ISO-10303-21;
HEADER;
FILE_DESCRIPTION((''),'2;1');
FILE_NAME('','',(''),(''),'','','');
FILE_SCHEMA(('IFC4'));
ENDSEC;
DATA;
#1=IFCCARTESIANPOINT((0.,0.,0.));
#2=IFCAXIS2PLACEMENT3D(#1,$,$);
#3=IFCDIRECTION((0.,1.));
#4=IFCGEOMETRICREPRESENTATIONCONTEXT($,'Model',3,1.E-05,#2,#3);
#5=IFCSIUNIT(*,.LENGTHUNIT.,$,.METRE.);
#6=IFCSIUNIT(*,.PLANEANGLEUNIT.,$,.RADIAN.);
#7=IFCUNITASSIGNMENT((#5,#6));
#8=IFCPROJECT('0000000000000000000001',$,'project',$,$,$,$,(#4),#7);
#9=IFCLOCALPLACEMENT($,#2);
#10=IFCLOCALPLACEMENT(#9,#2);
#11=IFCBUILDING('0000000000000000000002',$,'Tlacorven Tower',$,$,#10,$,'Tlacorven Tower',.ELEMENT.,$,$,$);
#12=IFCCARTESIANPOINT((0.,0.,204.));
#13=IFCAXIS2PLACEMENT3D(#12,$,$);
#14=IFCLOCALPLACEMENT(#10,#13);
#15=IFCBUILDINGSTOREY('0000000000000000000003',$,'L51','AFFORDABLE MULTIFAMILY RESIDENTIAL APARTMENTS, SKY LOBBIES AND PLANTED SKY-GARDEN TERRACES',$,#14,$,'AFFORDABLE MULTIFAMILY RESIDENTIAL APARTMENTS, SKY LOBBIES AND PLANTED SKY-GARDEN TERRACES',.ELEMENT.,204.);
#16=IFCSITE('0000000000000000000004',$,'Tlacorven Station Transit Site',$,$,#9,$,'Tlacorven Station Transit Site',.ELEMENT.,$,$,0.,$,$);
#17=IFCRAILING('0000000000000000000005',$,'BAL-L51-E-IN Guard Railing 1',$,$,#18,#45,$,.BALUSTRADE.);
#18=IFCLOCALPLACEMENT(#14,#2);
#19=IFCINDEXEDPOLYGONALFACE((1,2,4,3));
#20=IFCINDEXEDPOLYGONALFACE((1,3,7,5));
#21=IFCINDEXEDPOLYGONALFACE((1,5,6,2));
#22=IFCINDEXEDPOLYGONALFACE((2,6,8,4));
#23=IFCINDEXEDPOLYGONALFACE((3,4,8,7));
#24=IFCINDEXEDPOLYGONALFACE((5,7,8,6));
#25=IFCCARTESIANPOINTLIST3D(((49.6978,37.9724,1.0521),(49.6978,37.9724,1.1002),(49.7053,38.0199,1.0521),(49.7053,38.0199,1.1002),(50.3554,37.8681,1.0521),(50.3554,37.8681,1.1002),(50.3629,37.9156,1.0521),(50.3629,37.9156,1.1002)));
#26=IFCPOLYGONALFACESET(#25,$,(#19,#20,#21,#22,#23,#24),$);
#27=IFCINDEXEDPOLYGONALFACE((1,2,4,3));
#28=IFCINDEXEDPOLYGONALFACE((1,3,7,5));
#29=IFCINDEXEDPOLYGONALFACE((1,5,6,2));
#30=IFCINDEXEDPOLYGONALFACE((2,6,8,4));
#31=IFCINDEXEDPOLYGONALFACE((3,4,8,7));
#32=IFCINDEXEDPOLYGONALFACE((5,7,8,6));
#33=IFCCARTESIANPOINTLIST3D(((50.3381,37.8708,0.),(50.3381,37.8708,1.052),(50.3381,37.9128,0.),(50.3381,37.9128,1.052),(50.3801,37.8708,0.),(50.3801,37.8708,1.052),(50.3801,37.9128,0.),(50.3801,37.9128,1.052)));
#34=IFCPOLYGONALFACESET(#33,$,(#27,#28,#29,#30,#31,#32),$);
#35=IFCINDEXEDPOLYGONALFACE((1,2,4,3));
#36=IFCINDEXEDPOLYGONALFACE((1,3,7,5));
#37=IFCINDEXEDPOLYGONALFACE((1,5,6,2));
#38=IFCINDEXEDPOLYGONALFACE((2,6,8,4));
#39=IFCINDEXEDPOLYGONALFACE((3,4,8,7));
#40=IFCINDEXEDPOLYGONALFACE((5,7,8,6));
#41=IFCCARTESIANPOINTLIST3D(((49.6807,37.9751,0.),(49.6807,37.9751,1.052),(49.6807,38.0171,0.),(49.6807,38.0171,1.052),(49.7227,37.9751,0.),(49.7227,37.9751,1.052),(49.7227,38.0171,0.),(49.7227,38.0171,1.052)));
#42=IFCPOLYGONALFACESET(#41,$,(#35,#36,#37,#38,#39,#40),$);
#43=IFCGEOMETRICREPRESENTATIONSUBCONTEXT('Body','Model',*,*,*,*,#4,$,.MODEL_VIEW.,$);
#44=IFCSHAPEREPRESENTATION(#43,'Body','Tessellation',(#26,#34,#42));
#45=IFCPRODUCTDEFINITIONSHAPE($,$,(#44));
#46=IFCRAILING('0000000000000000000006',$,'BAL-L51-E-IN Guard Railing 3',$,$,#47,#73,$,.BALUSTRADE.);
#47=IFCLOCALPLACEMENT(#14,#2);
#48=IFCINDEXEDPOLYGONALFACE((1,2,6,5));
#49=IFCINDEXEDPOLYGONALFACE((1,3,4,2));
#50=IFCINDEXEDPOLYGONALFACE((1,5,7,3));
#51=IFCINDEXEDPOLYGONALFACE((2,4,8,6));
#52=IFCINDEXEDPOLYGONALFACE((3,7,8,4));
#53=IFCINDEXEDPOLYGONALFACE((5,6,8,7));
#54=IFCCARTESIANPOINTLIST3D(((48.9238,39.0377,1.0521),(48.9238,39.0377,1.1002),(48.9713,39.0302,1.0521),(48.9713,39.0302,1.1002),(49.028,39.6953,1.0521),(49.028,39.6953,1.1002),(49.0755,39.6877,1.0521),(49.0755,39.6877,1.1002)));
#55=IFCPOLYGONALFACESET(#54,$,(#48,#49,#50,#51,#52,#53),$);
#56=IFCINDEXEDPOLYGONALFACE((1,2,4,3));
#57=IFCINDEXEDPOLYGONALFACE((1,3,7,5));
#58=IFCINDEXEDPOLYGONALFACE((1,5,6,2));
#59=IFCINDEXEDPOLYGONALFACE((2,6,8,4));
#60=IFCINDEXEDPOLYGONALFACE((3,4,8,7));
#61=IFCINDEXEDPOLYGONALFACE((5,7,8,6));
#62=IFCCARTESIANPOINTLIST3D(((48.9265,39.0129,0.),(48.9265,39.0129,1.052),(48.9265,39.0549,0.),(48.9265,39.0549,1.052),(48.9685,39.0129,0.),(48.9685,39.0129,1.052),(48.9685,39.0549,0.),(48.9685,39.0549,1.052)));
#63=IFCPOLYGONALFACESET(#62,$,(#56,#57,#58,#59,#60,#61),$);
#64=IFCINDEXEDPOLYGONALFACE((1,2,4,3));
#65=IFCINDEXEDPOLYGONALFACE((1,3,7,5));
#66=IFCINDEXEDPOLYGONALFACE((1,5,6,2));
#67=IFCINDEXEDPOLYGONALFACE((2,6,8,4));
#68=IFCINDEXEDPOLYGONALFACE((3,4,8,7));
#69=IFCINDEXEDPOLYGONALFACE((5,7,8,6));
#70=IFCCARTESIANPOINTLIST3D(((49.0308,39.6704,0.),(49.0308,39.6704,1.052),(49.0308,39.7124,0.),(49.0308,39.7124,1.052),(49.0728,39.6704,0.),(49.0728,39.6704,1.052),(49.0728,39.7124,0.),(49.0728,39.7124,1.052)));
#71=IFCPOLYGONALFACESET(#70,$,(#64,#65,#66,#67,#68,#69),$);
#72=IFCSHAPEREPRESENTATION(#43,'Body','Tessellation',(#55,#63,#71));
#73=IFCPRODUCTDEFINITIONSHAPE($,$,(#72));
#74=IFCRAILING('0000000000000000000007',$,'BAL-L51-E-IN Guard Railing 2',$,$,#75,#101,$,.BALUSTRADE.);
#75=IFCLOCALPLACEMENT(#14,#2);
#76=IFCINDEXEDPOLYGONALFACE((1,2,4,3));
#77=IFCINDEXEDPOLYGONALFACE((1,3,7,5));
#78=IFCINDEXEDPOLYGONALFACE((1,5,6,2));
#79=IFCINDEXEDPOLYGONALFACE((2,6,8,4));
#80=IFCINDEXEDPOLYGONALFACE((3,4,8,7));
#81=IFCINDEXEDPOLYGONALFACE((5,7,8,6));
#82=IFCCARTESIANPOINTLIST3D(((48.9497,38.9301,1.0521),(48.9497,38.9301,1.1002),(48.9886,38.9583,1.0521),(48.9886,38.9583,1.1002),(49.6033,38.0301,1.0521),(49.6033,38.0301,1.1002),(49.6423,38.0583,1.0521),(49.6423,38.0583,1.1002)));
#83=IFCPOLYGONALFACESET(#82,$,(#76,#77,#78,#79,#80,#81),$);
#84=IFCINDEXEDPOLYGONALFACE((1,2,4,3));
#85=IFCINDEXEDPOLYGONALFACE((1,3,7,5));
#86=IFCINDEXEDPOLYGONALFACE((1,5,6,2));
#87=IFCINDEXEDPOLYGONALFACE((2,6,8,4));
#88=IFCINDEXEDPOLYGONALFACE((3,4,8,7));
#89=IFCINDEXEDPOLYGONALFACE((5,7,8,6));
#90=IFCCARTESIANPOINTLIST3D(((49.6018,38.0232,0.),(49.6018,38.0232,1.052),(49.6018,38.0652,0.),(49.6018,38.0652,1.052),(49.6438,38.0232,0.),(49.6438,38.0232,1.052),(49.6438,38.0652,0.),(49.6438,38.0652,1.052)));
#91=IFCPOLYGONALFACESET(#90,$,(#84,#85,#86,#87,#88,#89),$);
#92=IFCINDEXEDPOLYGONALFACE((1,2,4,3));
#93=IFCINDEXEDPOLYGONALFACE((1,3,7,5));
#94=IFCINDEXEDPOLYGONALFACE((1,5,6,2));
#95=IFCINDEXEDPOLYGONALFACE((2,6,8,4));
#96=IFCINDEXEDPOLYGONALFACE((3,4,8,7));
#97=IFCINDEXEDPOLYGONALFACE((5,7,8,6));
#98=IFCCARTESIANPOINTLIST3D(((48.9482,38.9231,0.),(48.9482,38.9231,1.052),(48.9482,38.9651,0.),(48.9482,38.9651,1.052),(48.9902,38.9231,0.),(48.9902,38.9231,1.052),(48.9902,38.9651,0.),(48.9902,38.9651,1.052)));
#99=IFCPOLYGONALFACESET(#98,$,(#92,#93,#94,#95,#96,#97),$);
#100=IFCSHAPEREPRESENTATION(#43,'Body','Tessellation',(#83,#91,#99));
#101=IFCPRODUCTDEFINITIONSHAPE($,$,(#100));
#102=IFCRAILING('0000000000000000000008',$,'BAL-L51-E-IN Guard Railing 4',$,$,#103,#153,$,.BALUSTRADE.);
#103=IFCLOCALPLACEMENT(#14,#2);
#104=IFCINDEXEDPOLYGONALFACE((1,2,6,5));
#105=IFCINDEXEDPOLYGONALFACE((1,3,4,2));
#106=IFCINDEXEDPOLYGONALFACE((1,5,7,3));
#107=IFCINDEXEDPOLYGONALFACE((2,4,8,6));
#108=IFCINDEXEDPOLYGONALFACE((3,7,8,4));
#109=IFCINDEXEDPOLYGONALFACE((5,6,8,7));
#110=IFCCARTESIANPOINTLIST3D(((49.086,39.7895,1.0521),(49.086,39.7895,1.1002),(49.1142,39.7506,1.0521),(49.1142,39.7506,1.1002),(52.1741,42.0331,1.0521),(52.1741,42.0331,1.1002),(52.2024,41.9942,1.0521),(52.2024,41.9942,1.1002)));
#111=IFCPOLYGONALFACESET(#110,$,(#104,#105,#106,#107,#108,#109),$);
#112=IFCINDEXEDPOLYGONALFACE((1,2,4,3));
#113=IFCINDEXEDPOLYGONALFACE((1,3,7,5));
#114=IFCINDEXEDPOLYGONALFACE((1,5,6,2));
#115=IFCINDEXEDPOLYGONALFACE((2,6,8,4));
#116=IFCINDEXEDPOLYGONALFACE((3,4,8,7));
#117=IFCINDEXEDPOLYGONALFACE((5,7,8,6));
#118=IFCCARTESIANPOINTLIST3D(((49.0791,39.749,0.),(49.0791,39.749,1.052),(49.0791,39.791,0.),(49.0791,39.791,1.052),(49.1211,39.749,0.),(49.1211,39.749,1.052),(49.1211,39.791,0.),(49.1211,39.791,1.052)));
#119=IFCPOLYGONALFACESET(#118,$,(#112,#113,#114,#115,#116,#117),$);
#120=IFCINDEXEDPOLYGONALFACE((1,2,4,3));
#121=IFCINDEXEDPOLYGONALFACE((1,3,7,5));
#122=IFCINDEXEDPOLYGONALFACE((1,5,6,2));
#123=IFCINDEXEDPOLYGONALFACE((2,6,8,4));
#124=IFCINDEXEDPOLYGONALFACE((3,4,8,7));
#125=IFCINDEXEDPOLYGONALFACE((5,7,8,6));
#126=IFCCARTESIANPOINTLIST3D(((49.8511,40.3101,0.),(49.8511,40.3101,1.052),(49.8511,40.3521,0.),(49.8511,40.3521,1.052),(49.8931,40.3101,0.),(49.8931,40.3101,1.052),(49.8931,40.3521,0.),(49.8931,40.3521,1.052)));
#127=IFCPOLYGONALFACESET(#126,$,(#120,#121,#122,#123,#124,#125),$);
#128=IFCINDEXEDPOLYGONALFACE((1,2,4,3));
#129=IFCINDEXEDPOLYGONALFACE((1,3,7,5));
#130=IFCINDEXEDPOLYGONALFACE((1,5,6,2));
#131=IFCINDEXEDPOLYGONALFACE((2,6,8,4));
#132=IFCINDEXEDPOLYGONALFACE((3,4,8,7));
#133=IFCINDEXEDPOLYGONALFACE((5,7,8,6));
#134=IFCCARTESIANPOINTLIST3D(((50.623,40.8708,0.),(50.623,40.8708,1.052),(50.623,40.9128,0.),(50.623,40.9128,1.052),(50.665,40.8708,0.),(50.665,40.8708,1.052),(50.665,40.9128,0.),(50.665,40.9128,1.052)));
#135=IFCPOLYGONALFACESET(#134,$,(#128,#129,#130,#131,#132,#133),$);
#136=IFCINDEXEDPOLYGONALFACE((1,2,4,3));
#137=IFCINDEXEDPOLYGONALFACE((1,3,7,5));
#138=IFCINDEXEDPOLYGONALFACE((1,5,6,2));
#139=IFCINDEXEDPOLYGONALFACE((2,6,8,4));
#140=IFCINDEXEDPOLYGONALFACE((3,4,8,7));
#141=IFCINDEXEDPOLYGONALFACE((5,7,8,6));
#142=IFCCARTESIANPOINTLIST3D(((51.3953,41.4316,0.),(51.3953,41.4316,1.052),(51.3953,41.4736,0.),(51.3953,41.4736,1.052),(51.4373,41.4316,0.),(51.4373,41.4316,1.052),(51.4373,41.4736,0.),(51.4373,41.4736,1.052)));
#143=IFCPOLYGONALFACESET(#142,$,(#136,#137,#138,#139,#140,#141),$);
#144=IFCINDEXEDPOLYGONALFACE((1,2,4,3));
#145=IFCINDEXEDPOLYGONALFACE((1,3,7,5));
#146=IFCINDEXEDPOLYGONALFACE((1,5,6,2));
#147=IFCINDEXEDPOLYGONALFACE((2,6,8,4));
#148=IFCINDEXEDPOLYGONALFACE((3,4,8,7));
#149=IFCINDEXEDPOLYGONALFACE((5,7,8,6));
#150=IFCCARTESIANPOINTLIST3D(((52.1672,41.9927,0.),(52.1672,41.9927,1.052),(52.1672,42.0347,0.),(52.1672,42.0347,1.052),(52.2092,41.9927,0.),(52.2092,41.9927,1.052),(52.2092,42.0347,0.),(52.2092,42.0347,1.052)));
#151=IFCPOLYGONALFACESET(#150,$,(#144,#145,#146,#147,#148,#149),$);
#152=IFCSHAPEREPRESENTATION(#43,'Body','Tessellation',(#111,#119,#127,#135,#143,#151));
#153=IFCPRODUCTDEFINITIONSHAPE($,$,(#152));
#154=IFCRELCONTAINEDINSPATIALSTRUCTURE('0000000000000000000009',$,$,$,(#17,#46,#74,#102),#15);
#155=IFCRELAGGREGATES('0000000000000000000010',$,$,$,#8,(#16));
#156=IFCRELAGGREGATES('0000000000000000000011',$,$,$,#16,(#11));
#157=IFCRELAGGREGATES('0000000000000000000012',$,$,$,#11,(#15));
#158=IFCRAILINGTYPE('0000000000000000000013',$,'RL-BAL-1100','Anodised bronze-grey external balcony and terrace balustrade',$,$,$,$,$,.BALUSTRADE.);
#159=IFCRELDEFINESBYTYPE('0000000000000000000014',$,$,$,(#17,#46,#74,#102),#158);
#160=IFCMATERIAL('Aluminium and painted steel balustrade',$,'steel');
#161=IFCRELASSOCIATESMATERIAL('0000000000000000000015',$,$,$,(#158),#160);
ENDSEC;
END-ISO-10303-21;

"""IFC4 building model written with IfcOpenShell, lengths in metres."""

from ifc_helpers import new_model, si_unit, direction, frame, origin, origin_2d, place, context, subcontext, project, spatial, rectangle, extrude, source, transform, mapped, material, type_object, element, save


model = new_model("IFC4")

# Units and contexts
model_context = context("Model", 3, precision=1e-05, world=origin(), true_north=direction((0.0, 1.0)))
body_context = subcontext(model_context, "Body", "Model", "MODEL_VIEW")
ifc_project = project(units=[si_unit("LENGTHUNIT", "METRE"), si_unit("PLANEANGLEUNIT", "RADIAN")], contexts=[model_context])

# Site, building, storey
site_placement = place(None, origin())
site = spatial("IfcSite", under=ifc_project, at=site_placement, Name="Tlacorven Station Transit Site", LongName="Tlacorven Station Transit Site", CompositionType="ELEMENT", RefElevation=0.0)
building_placement = place(site_placement, origin())
building = spatial("IfcBuilding", under=site, at=building_placement, Name="Tlacorven Tower", LongName="Tlacorven Tower", CompositionType="ELEMENT")
storey_placement = place(building_placement, frame((0.0, 0.0, 204.0)))
storey = spatial("IfcBuildingStorey", under=building, at=storey_placement, Name="L51", Description="AFFORDABLE MULTIFAMILY RESIDENTIAL APARTMENTS, SKY LOBBIES AND PLANTED SKY-GARDEN TERRACES", LongName="AFFORDABLE MULTIFAMILY RESIDENTIAL APARTMENTS, SKY LOBBIES AND PLANTED SKY-GARDEN TERRACES", CompositionType="ELEMENT", Elevation=204.0)

# Railings
ifc_material_1 = material(Name="Aluminium and painted steel balustrade", Category="steel")
railing_type = type_object("IfcRailingType", Name="RL-BAL-1100", Description="Anodised bronze-grey external balcony and terrace balustrade", PredefinedType="BALUSTRADE", material=ifc_material_1)
shared_shape_1 = source(origin(), body_context, "Body", "SweptSolid", [
    extrude(rectangle(XDim=0.0481, YDim=0.0481, at=origin_2d()), frame((0.0, 0.0, 1.0762), z_axis=(-0.987662, 0.156603, 0.0), x_axis=(-0.156603, -0.987662, 0.0)), (0.0, 0.0, 1.0), 0.6658),
    extrude(rectangle(XDim=0.042, YDim=0.042, at=origin_2d()), origin(), (0.0, 0.0, 1.0), 1.052),
    extrude(rectangle(XDim=0.042, YDim=0.042, at=origin_2d()), frame((-0.6575, 0.1042, 0.0)), (0.0, 0.0, 1.0), 1.052),
])
railing_1_placement = place(storey_placement, frame((50.3591, 37.8918, 0.0)))
element("IfcRailing", 1, at=railing_1_placement, inside=storey, type_object=railing_type, Name="BAL-L51-E-IN Guard Railing 1", PredefinedType="BALUSTRADE", context=body_context, shape_type="MappedRepresentation", body=[
    mapped(shared_shape_1, transform((0.0, 0.0, 0.0), scale=1.0)),
])
shared_shape_2 = source(origin(), body_context, "Body", "SweptSolid", [
    extrude(rectangle(XDim=0.0481, YDim=0.0481, at=origin_2d()), frame((0.0, 0.0, 1.0762), z_axis=(0.156603, 0.987662, 0.0), x_axis=(-0.987662, 0.156603, 0.0)), (0.0, 0.0, 1.0), 0.6658),
    extrude(rectangle(XDim=0.042, YDim=0.042, at=origin_2d()), origin(), (0.0, 0.0, 1.0), 1.052),
    extrude(rectangle(XDim=0.042, YDim=0.042, at=origin_2d()), frame((0.1042, 0.6575, 0.0)), (0.0, 0.0, 1.0), 1.052),
])
railing_2_placement = place(storey_placement, frame((48.9475, 39.0339, 0.0)))
element("IfcRailing", 2, at=railing_2_placement, inside=storey, type_object=railing_type, Name="BAL-L51-E-IN Guard Railing 3", PredefinedType="BALUSTRADE", context=body_context, shape_type="MappedRepresentation", body=[
    mapped(shared_shape_2, transform((0.0, 0.0, 0.0), scale=1.0)),
])
shared_shape_3 = source(origin(), body_context, "Body", "SweptSolid", [
    extrude(rectangle(XDim=0.0481, YDim=0.0481, at=origin_2d()), frame((0.0, 0.0, 1.0762), z_axis=(-0.587636, 0.809125, 0.0), x_axis=(-0.809125, -0.587636, 0.0)), (0.0, 0.0, 1.0), 1.1123),
    extrude(rectangle(XDim=0.042, YDim=0.042, at=origin_2d()), origin(), (0.0, 0.0, 1.0), 1.052),
    extrude(rectangle(XDim=0.042, YDim=0.042, at=origin_2d()), frame((-0.6536, 0.8999, 0.0)), (0.0, 0.0, 1.0), 1.052),
])
railing_3_placement = place(storey_placement, frame((49.6228, 38.0442, 0.0)))
element("IfcRailing", 3, at=railing_3_placement, inside=storey, type_object=railing_type, Name="BAL-L51-E-IN Guard Railing 2", PredefinedType="BALUSTRADE", context=body_context, shape_type="MappedRepresentation", body=[
    mapped(shared_shape_3, transform((0.0, 0.0, 0.0), scale=1.0)),
])
shared_shape_4 = source(origin(), body_context, "Body", "SweptSolid", [
    extrude(rectangle(XDim=0.0481, YDim=0.0481, at=origin_2d()), frame((0.0, 0.0, 1.0762), z_axis=(0.809018, 0.587784, 0.0), x_axis=(-0.587784, 0.809018, 0.0)), (0.0, 0.0, 1.0), 3.8171),
    extrude(rectangle(XDim=0.042, YDim=0.042, at=origin_2d()), origin(), (0.0, 0.0, 1.0), 1.052),
    extrude(rectangle(XDim=0.042, YDim=0.042, at=origin_2d()), frame((0.772, 0.561, 0.0)), (0.0, 0.0, 1.0), 1.052),
    extrude(rectangle(XDim=0.042, YDim=0.042, at=origin_2d()), frame((1.5439, 1.1218, 0.0)), (0.0, 0.0, 1.0), 1.052),
    extrude(rectangle(XDim=0.042, YDim=0.042, at=origin_2d()), frame((2.3162, 1.6826, 0.0)), (0.0, 0.0, 1.0), 1.052),
    extrude(rectangle(XDim=0.042, YDim=0.042, at=origin_2d()), frame((3.0881, 2.2437, 0.0)), (0.0, 0.0, 1.0), 1.052),
])
railing_4_placement = place(storey_placement, frame((49.1001, 39.77, 0.0)))
element("IfcRailing", 4, at=railing_4_placement, inside=storey, type_object=railing_type, Name="BAL-L51-E-IN Guard Railing 4", PredefinedType="BALUSTRADE", context=body_context, shape_type="MappedRepresentation", body=[
    mapped(shared_shape_4, transform((0.0, 0.0, 0.0), scale=1.0)),
])

save(model, "model.ifc")
